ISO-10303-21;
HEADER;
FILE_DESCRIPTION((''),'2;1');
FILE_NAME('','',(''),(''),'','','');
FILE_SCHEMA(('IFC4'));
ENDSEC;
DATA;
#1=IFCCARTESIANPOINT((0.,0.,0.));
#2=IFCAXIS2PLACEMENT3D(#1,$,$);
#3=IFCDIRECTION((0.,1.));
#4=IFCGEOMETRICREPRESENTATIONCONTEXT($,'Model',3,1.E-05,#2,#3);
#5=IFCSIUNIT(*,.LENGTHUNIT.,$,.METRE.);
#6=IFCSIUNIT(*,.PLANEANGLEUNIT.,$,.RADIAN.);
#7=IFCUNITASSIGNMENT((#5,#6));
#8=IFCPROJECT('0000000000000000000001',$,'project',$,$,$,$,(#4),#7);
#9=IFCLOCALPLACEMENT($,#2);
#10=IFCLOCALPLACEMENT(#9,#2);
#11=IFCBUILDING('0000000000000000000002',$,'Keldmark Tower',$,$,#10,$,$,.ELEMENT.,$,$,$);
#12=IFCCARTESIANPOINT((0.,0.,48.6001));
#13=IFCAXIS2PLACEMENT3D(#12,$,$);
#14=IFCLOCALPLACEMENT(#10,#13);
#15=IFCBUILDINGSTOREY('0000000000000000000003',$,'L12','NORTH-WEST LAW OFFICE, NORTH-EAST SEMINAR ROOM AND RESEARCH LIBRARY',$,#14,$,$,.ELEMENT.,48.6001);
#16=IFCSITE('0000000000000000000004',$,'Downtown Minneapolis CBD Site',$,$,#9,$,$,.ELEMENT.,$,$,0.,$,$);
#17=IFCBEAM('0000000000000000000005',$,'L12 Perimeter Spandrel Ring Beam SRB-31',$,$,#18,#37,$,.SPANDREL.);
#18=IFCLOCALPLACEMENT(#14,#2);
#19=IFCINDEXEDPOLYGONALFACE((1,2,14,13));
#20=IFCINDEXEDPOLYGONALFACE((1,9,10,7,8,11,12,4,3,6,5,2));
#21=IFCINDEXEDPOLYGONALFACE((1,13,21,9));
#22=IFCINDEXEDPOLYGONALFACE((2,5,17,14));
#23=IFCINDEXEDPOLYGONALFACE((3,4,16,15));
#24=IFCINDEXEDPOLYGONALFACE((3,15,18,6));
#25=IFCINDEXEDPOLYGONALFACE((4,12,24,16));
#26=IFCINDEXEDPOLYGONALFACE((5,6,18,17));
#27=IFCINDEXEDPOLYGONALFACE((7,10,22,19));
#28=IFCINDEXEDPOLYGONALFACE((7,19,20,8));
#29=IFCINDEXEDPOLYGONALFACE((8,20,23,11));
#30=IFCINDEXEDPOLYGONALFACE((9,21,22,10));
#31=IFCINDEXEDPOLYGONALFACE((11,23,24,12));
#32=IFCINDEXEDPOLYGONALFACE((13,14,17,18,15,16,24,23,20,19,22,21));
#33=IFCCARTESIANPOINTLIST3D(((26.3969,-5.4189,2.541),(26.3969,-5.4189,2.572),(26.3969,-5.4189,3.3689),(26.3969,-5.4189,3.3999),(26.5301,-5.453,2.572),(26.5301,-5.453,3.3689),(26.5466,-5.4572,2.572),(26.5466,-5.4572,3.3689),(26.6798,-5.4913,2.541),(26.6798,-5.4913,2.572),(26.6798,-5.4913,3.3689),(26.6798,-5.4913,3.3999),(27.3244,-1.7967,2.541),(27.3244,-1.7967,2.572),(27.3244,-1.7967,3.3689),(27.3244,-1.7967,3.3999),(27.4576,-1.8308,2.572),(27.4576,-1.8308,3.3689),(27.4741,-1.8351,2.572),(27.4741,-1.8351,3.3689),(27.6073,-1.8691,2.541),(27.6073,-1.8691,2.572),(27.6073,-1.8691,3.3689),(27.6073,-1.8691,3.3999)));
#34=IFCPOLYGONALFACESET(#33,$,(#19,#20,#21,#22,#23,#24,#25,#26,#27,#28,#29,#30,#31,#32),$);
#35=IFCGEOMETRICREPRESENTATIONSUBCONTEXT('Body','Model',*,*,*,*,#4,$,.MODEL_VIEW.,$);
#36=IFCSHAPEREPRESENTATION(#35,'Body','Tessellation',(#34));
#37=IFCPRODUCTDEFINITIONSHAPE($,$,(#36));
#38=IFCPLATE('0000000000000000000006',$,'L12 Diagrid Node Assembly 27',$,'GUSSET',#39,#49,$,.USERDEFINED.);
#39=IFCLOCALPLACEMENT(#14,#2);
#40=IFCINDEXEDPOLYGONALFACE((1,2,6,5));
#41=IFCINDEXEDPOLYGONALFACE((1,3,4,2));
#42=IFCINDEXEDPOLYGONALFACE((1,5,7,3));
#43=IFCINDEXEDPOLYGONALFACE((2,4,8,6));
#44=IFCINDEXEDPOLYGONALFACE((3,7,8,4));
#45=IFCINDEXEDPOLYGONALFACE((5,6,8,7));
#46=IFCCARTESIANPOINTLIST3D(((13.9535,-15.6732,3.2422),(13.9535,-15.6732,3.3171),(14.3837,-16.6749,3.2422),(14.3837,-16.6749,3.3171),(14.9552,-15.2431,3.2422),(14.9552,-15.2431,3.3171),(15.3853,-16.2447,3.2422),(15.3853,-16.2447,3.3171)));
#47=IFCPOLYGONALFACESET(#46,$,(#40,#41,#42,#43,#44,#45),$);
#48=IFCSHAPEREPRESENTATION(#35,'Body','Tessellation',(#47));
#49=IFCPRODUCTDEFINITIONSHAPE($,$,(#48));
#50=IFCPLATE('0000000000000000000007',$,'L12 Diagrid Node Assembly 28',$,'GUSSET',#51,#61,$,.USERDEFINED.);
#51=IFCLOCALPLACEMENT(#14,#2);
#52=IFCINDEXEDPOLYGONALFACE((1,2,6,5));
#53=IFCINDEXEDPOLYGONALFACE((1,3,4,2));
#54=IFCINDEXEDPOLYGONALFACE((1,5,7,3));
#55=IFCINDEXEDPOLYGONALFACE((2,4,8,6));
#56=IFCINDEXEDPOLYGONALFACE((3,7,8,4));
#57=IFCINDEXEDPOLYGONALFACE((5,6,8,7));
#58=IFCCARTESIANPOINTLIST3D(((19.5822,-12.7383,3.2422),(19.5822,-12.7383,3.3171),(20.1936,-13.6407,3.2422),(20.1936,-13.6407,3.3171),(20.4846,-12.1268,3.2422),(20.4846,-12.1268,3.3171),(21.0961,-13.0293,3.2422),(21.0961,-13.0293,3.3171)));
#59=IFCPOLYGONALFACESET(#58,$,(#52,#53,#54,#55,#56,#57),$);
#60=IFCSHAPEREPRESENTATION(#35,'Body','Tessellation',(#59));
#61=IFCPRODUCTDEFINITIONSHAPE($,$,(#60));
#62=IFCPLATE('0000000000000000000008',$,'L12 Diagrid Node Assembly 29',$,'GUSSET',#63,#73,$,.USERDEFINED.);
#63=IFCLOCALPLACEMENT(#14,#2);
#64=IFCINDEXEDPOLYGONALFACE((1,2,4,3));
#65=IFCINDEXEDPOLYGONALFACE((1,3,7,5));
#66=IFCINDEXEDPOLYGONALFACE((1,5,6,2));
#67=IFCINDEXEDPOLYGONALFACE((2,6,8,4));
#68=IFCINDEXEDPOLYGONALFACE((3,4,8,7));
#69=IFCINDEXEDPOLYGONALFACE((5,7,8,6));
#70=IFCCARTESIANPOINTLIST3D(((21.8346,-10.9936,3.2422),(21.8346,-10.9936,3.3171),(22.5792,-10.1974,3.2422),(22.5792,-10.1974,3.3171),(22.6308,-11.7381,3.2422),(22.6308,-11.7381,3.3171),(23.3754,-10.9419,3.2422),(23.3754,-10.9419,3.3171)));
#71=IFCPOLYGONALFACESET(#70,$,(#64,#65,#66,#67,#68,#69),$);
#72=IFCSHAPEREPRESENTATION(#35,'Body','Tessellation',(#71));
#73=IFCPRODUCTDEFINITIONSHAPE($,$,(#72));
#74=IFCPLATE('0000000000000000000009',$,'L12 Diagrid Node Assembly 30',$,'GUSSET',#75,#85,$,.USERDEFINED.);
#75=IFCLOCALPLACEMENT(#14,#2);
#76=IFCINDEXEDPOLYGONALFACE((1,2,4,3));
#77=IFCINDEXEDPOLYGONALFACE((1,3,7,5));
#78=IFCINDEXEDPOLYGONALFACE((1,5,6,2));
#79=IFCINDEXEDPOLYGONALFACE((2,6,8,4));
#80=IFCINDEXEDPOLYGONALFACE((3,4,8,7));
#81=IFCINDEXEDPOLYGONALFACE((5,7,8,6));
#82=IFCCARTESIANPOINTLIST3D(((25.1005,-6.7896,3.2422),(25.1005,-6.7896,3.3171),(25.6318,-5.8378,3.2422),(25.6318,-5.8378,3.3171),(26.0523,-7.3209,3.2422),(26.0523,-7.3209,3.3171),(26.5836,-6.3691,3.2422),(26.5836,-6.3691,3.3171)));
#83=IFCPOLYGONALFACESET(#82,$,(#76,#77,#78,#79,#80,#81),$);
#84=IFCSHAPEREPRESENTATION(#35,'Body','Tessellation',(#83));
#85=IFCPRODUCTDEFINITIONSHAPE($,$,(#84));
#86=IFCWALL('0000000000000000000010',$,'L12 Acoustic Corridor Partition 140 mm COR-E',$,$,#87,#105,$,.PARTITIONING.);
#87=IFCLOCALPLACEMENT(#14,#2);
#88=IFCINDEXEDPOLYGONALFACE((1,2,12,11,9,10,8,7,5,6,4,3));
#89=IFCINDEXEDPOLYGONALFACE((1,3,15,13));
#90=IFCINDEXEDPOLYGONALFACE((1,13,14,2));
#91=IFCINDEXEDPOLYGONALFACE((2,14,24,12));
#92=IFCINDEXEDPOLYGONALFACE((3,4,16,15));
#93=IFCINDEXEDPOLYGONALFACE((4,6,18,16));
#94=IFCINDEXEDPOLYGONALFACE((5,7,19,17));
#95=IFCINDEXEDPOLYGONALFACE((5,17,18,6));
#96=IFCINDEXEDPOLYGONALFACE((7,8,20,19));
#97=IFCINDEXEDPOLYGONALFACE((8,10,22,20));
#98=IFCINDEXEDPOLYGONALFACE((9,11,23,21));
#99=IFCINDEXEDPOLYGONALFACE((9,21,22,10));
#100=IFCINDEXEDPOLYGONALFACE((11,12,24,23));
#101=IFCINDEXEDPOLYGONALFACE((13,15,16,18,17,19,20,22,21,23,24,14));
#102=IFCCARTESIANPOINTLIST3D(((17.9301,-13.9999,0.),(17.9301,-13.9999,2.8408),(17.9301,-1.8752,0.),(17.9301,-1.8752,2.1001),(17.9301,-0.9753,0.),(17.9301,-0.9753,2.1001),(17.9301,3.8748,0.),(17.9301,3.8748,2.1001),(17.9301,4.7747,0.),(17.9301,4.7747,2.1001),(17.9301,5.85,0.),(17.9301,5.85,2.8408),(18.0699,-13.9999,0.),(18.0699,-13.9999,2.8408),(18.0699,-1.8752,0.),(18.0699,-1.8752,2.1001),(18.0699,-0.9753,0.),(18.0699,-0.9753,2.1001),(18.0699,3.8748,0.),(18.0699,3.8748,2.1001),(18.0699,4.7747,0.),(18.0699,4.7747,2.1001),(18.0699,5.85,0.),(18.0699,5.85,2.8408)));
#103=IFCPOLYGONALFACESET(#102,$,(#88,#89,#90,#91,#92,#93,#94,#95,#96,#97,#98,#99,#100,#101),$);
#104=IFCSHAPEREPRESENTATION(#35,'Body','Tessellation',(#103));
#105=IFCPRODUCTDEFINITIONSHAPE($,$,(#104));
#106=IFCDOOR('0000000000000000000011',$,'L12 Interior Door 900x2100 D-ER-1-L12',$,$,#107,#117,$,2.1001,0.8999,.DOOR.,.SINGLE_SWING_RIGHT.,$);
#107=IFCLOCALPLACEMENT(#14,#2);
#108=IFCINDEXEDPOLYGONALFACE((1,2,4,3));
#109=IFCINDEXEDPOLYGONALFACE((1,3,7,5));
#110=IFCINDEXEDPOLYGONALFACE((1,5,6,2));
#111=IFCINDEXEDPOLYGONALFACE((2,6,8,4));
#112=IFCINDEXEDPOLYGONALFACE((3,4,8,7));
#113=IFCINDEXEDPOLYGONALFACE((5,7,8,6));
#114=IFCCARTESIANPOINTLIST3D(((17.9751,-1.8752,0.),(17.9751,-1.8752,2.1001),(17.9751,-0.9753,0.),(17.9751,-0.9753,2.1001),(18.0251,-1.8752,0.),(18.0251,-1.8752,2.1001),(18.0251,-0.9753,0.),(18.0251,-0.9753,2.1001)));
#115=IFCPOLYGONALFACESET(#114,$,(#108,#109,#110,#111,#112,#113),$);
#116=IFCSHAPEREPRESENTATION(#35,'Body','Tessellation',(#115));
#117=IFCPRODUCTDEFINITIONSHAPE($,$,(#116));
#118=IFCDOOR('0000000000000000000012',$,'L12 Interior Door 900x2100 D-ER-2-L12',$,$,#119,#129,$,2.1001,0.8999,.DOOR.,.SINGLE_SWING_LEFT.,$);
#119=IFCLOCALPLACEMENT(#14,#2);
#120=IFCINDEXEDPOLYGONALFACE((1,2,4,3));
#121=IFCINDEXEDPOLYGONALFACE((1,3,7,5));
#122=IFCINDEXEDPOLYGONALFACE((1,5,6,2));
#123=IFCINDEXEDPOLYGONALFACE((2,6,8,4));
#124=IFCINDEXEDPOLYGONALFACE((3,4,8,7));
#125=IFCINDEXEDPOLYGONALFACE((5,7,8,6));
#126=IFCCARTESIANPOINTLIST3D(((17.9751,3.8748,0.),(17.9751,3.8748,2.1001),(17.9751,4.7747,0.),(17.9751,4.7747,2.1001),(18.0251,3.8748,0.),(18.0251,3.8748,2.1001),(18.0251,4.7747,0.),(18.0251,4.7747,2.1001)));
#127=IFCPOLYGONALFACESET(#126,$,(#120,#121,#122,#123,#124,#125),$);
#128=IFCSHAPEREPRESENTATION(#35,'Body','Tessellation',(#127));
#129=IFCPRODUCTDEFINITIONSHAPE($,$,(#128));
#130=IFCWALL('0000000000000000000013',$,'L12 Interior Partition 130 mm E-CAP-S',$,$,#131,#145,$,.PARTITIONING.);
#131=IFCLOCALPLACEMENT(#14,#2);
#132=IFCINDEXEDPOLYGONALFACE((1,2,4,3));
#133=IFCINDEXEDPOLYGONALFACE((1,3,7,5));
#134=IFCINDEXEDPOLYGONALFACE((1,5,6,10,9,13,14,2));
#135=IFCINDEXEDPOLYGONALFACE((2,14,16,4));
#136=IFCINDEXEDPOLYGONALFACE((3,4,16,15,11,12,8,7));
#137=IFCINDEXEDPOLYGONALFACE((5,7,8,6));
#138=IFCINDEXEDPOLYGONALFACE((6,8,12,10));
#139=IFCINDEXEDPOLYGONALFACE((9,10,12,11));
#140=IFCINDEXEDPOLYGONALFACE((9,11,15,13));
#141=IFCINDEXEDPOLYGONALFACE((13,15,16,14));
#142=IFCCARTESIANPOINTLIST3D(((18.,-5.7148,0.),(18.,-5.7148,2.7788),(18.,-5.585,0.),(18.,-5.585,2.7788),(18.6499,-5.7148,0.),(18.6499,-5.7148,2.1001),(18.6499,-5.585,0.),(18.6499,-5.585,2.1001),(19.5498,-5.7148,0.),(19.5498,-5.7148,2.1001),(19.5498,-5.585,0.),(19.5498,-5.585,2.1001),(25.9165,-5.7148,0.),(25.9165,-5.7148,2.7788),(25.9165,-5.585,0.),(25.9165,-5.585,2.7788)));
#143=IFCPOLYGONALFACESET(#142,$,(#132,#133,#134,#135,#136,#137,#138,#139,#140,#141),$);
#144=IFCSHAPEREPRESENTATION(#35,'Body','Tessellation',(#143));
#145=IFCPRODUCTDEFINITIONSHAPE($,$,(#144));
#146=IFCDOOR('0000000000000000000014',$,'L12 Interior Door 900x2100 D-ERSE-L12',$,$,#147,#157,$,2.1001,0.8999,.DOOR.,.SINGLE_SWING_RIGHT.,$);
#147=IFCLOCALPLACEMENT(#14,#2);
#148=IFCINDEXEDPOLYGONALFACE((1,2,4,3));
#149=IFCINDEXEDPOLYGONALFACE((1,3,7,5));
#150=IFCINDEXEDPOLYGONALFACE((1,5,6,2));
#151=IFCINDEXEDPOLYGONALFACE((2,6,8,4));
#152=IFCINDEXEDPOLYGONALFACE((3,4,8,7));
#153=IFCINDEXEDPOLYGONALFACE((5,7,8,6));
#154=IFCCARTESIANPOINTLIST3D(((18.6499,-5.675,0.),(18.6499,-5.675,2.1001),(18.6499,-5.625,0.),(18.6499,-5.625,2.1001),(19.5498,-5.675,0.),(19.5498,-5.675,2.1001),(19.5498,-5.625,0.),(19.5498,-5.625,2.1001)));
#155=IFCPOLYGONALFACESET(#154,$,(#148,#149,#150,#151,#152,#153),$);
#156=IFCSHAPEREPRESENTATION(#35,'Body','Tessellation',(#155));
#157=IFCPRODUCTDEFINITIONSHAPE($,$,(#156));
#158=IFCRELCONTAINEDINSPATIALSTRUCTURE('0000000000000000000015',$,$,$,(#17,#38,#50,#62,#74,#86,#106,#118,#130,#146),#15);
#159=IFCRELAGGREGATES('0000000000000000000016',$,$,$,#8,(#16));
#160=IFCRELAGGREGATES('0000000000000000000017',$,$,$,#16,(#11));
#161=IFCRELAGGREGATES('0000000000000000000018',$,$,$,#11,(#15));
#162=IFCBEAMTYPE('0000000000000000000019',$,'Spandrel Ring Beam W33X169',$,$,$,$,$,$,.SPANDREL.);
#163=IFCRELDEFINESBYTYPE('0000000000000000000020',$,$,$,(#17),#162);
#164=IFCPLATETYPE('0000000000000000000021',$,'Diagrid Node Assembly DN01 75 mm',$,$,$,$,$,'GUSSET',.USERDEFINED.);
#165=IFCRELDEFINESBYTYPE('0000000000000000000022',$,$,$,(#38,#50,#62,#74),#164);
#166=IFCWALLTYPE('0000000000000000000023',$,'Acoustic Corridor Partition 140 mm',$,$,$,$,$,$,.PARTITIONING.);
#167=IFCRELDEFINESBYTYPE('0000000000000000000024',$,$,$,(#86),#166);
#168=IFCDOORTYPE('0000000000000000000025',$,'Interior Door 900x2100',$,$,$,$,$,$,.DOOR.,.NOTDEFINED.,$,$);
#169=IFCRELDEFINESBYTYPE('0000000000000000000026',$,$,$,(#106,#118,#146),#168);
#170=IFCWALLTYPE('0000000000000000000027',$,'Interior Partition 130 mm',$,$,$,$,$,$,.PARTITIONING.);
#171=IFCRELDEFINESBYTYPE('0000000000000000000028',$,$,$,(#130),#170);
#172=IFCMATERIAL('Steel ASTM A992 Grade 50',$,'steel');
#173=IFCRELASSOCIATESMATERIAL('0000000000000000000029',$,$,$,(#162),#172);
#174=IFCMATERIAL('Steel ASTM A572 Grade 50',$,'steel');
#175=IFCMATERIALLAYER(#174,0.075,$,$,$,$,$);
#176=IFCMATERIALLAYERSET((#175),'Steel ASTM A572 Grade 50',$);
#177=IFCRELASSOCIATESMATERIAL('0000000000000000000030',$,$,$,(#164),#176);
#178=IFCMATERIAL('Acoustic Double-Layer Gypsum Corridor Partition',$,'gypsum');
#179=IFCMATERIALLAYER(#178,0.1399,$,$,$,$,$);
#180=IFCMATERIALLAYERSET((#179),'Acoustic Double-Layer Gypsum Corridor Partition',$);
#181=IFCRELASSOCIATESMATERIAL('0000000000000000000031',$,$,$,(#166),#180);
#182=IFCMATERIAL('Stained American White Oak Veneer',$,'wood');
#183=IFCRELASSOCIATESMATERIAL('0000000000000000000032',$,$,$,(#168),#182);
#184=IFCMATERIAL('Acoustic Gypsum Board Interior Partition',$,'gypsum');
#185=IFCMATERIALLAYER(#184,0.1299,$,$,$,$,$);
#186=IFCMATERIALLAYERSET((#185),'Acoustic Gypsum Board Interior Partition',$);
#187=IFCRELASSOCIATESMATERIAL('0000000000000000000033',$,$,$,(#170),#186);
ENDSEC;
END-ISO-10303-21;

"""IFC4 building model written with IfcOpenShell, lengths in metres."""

from ifc_helpers import new_model, si_unit, direction, frame, frame_2d, origin, origin_2d, place, context, subcontext, project, spatial, rectangle, i_section, extrude, material, layer, layer_set, material_profile, profile_set, type_object, element, fill, save


model = new_model("IFC4")

# Units and contexts
model_context = context("Model", 3, precision=1e-05, world=origin(), true_north=direction((0.0, 1.0)))
body_context = subcontext(model_context, "Body", "Model", "MODEL_VIEW")
ifc_project = project(units=[si_unit("LENGTHUNIT", "METRE"), si_unit("PLANEANGLEUNIT", "RADIAN")], contexts=[model_context])

# Site, building, storey
site_placement = place(None, origin())
site = spatial("IfcSite", under=ifc_project, at=site_placement, Name="Downtown Minneapolis CBD Site", CompositionType="ELEMENT", RefElevation=0.0)
building_placement = place(site_placement, origin())
building = spatial("IfcBuilding", under=site, at=building_placement, Name="Keldmark Tower", CompositionType="ELEMENT")
storey_placement = place(building_placement, frame((0.0, 0.0, 48.6001)))
storey = spatial("IfcBuildingStorey", under=building, at=storey_placement, Name="L12", Description="NORTH-WEST LAW OFFICE, NORTH-EAST SEMINAR ROOM AND RESEARCH LIBRARY", CompositionType="ELEMENT", Elevation=48.6001)

# Beam
ifc_material_1 = material(Name="Steel ASTM A992 Grade 50", Category="steel")
ifc_material_profile_1 = material_profile(ifc_material_1, i_section(OverallWidth=0.292, OverallDepth=0.8589, WebThickness=0.0171, FlangeThickness=0.031, at=origin_2d()), Name="W33X169")
ifc_profile_set_1 = profile_set([ifc_material_profile_1], Name="Steel ASTM A992 Grade 50")
beam_type_1 = type_object("IfcBeamType", Name="Spandrel Ring Beam W33X169", PredefinedType="SPANDREL", material=ifc_profile_set_1)
beam_1_placement = place(storey_placement, frame((26.5383, -5.4551, 2.9705), z_axis=(0.248063, 0.968744, 0.0), x_axis=(-0.968744, 0.248063, 0.0)))
element("IfcBeam", 1, at=beam_1_placement, inside=storey, type_object=beam_type_1, Name="L12 Perimeter Spandrel Ring Beam SRB-31", PredefinedType="SPANDREL", context=body_context, shape_type="SweptSolid", body=[
    extrude(i_section(OverallWidth=0.292, OverallDepth=0.8589, WebThickness=0.0171, FlangeThickness=0.031, at=origin_2d()), origin(), (0.0, 0.0, 1.0), 3.739),
])

# Plates
ifc_material_2 = material(Name="Steel ASTM A572 Grade 50", Category="steel")
ifc_layer_1 = layer(ifc_material_2, 0.075)
ifc_layer_set_1 = layer_set([ifc_layer_1], Name="Steel ASTM A572 Grade 50")
plate_type = type_object("IfcPlateType", Name="Diagrid Node Assembly DN01 75 mm", ElementType="GUSSET", PredefinedType="USERDEFINED", material=ifc_layer_set_1)
for number, where, z_axis, x_axis, name in (
    (2, (14.6694, -15.959, 3.2422), (0.0, 0.0, 1.0), (0.91886, 0.394583, 0.0), "L12 Diagrid Node Assembly 27"),
    (3, (20.3391, -12.8838, 3.2422), (0.0, 0.0, 1.0), (0.827865, 0.560928, 0.0), "L12 Diagrid Node Assembly 28"),
    (4, (22.605, -10.9678, 3.2422), (0.0, 0.0, 1.0), (0.683019, 0.730401, 0.0), "L12 Diagrid Node Assembly 29"),
    (5, (25.842, -6.5793, 3.2422), (0.0, 0.0, 1.0), (0.487403, 0.873177, 0.0), "L12 Diagrid Node Assembly 30"),
):
    element("IfcPlate", number, at=place(storey_placement, frame(where, z_axis=z_axis, x_axis=x_axis)), inside=storey, type_object=plate_type, Name=name, ObjectType="GUSSET", PredefinedType="USERDEFINED", context=body_context, shape_type="SweptSolid", body=[
        extrude(rectangle(XDim=1.0901, YDim=1.0901, at=origin_2d()), origin(), (0.0, 0.0, 1.0), 0.075),
    ])

# Wall, openings, doors
ifc_material_3 = material(Name="Acoustic Double-Layer Gypsum Corridor Partition", Category="gypsum")
ifc_layer_2 = layer(ifc_material_3, 0.1399)
ifc_layer_set_2 = layer_set([ifc_layer_2], Name="Acoustic Double-Layer Gypsum Corridor Partition")
wall_type_1 = type_object("IfcWallType", Name="Acoustic Corridor Partition 140 mm", PredefinedType="PARTITIONING", material=ifc_layer_set_2)
wall_1_placement = place(storey_placement, frame((18.0, -13.9998, 0.0), z_axis=(0.0, 0.0, 1.0), x_axis=(0.0, 1.0, 0.0)))
wall_1 = element("IfcWall", 6, at=wall_1_placement, inside=storey, type_object=wall_type_1, Name="L12 Acoustic Corridor Partition 140 mm COR-E", PredefinedType="PARTITIONING", context=body_context, shape_type="SweptSolid", body=[
    extrude(rectangle(XDim=19.8499, YDim=0.1399, at=frame_2d((9.9248, 0.0))), origin(), (0.0, 0.0, 1.0), 2.8408),
])
opening_1_placement = place(wall_1_placement, frame((12.1245, 0.0, 0.0)))
opening_1 = element("IfcOpeningElement", 7, at=opening_1_placement, cuts=wall_1, PredefinedType="OPENING", context=body_context, shape_type="SweptSolid", body=[
    extrude(rectangle(XDim=0.8999, YDim=2.1001, at=frame_2d((0.45, 1.05))), frame((0.0, 0.0798, 0.0), z_axis=(0.0, -1.0, 0.0), x_axis=(1.0, 0.0, 0.0)), (0.0, 0.0, 1.0), 0.1599),
])
opening_2_placement = place(wall_1_placement, frame((17.8745, 0.0, 0.0)))
opening_2 = element("IfcOpeningElement", 8, at=opening_2_placement, cuts=wall_1, PredefinedType="OPENING", context=body_context, shape_type="SweptSolid", body=[
    extrude(rectangle(XDim=0.8999, YDim=2.1001, at=frame_2d((0.45, 1.05))), frame((0.0, 0.0798, 0.0), z_axis=(0.0, -1.0, 0.0), x_axis=(1.0, 0.0, 0.0)), (0.0, 0.0, 1.0), 0.1599),
])
ifc_material_4 = material(Name="Stained American White Oak Veneer", Category="wood")
door_type = type_object("IfcDoorType", Name="Interior Door 900x2100", OperationType="NOTDEFINED", PredefinedType="DOOR", material=ifc_material_4)
door_1_placement = place(opening_1_placement, origin())
door_1 = element("IfcDoor", 9, at=door_1_placement, inside=storey, type_object=door_type, Name="L12 Interior Door 900x2100 D-ER-1-L12", OperationType="SINGLE_SWING_RIGHT", OverallHeight=2.1001, OverallWidth=0.8999, PredefinedType="DOOR", context=body_context, shape_type="SweptSolid", body=[
    extrude(rectangle(XDim=0.8999, YDim=2.1001, at=frame_2d((0.45, 1.05))), frame((0.0, 0.0249, 0.0), z_axis=(0.0, -1.0, 0.0), x_axis=(1.0, 0.0, 0.0)), (0.0, 0.0, 1.0), 0.05),
])
fill(opening_1, door_1)
door_2_placement = place(opening_2_placement, origin())
door_2 = element("IfcDoor", 10, at=door_2_placement, inside=storey, type_object=door_type, Name="L12 Interior Door 900x2100 D-ER-2-L12", OperationType="SINGLE_SWING_LEFT", OverallHeight=2.1001, OverallWidth=0.8999, PredefinedType="DOOR", context=body_context, shape_type="SweptSolid", body=[
    extrude(rectangle(XDim=0.8999, YDim=2.1001, at=frame_2d((0.45, 1.05))), frame((0.0, 0.0249, 0.0), z_axis=(0.0, -1.0, 0.0), x_axis=(1.0, 0.0, 0.0)), (0.0, 0.0, 1.0), 0.05),
])
fill(opening_2, door_2)

# Wall, opening, door
ifc_material_5 = material(Name="Acoustic Gypsum Board Interior Partition", Category="gypsum")
ifc_layer_3 = layer(ifc_material_5, 0.1299)
ifc_layer_set_3 = layer_set([ifc_layer_3], Name="Acoustic Gypsum Board Interior Partition")
wall_type_2 = type_object("IfcWallType", Name="Interior Partition 130 mm", PredefinedType="PARTITIONING", material=ifc_layer_set_3)
wall_2_placement = place(storey_placement, frame((18.0, -5.6499, 0.0), z_axis=(0.0, 0.0, 1.0), x_axis=(1.0, 0.0, 0.0)))
wall_2 = element("IfcWall", 11, at=wall_2_placement, inside=storey, type_object=wall_type_2, Name="L12 Interior Partition 130 mm E-CAP-S", PredefinedType="PARTITIONING", context=body_context, shape_type="SweptSolid", body=[
    extrude(rectangle(XDim=7.9165, YDim=0.1299, at=frame_2d((3.9583, 0.0))), origin(), (0.0, 0.0, 1.0), 2.7788),
])
opening_3_placement = place(wall_2_placement, frame((0.6499, 0.0, 0.0)))
opening_3 = element("IfcOpeningElement", 12, at=opening_3_placement, cuts=wall_2, PredefinedType="OPENING", context=body_context, shape_type="SweptSolid", body=[
    extrude(rectangle(XDim=0.8999, YDim=2.1001, at=frame_2d((0.45, 1.05))), frame((0.0, 0.075, 0.0), z_axis=(0.0, -1.0, 0.0), x_axis=(1.0, 0.0, 0.0)), (0.0, 0.0, 1.0), 0.1499),
])
door_3_placement = place(opening_3_placement, origin())
door_3 = element("IfcDoor", 13, at=door_3_placement, inside=storey, type_object=door_type, Name="L12 Interior Door 900x2100 D-ERSE-L12", OperationType="SINGLE_SWING_RIGHT", OverallHeight=2.1001, OverallWidth=0.8999, PredefinedType="DOOR", context=body_context, shape_type="SweptSolid", body=[
    extrude(rectangle(XDim=0.8999, YDim=2.1001, at=frame_2d((0.45, 1.05))), frame((0.0, 0.0249, 0.0), z_axis=(0.0, -1.0, 0.0), x_axis=(1.0, 0.0, 0.0)), (0.0, 0.0, 1.0), 0.05),
])
fill(opening_3, door_3)

save(model, "model.ifc")
